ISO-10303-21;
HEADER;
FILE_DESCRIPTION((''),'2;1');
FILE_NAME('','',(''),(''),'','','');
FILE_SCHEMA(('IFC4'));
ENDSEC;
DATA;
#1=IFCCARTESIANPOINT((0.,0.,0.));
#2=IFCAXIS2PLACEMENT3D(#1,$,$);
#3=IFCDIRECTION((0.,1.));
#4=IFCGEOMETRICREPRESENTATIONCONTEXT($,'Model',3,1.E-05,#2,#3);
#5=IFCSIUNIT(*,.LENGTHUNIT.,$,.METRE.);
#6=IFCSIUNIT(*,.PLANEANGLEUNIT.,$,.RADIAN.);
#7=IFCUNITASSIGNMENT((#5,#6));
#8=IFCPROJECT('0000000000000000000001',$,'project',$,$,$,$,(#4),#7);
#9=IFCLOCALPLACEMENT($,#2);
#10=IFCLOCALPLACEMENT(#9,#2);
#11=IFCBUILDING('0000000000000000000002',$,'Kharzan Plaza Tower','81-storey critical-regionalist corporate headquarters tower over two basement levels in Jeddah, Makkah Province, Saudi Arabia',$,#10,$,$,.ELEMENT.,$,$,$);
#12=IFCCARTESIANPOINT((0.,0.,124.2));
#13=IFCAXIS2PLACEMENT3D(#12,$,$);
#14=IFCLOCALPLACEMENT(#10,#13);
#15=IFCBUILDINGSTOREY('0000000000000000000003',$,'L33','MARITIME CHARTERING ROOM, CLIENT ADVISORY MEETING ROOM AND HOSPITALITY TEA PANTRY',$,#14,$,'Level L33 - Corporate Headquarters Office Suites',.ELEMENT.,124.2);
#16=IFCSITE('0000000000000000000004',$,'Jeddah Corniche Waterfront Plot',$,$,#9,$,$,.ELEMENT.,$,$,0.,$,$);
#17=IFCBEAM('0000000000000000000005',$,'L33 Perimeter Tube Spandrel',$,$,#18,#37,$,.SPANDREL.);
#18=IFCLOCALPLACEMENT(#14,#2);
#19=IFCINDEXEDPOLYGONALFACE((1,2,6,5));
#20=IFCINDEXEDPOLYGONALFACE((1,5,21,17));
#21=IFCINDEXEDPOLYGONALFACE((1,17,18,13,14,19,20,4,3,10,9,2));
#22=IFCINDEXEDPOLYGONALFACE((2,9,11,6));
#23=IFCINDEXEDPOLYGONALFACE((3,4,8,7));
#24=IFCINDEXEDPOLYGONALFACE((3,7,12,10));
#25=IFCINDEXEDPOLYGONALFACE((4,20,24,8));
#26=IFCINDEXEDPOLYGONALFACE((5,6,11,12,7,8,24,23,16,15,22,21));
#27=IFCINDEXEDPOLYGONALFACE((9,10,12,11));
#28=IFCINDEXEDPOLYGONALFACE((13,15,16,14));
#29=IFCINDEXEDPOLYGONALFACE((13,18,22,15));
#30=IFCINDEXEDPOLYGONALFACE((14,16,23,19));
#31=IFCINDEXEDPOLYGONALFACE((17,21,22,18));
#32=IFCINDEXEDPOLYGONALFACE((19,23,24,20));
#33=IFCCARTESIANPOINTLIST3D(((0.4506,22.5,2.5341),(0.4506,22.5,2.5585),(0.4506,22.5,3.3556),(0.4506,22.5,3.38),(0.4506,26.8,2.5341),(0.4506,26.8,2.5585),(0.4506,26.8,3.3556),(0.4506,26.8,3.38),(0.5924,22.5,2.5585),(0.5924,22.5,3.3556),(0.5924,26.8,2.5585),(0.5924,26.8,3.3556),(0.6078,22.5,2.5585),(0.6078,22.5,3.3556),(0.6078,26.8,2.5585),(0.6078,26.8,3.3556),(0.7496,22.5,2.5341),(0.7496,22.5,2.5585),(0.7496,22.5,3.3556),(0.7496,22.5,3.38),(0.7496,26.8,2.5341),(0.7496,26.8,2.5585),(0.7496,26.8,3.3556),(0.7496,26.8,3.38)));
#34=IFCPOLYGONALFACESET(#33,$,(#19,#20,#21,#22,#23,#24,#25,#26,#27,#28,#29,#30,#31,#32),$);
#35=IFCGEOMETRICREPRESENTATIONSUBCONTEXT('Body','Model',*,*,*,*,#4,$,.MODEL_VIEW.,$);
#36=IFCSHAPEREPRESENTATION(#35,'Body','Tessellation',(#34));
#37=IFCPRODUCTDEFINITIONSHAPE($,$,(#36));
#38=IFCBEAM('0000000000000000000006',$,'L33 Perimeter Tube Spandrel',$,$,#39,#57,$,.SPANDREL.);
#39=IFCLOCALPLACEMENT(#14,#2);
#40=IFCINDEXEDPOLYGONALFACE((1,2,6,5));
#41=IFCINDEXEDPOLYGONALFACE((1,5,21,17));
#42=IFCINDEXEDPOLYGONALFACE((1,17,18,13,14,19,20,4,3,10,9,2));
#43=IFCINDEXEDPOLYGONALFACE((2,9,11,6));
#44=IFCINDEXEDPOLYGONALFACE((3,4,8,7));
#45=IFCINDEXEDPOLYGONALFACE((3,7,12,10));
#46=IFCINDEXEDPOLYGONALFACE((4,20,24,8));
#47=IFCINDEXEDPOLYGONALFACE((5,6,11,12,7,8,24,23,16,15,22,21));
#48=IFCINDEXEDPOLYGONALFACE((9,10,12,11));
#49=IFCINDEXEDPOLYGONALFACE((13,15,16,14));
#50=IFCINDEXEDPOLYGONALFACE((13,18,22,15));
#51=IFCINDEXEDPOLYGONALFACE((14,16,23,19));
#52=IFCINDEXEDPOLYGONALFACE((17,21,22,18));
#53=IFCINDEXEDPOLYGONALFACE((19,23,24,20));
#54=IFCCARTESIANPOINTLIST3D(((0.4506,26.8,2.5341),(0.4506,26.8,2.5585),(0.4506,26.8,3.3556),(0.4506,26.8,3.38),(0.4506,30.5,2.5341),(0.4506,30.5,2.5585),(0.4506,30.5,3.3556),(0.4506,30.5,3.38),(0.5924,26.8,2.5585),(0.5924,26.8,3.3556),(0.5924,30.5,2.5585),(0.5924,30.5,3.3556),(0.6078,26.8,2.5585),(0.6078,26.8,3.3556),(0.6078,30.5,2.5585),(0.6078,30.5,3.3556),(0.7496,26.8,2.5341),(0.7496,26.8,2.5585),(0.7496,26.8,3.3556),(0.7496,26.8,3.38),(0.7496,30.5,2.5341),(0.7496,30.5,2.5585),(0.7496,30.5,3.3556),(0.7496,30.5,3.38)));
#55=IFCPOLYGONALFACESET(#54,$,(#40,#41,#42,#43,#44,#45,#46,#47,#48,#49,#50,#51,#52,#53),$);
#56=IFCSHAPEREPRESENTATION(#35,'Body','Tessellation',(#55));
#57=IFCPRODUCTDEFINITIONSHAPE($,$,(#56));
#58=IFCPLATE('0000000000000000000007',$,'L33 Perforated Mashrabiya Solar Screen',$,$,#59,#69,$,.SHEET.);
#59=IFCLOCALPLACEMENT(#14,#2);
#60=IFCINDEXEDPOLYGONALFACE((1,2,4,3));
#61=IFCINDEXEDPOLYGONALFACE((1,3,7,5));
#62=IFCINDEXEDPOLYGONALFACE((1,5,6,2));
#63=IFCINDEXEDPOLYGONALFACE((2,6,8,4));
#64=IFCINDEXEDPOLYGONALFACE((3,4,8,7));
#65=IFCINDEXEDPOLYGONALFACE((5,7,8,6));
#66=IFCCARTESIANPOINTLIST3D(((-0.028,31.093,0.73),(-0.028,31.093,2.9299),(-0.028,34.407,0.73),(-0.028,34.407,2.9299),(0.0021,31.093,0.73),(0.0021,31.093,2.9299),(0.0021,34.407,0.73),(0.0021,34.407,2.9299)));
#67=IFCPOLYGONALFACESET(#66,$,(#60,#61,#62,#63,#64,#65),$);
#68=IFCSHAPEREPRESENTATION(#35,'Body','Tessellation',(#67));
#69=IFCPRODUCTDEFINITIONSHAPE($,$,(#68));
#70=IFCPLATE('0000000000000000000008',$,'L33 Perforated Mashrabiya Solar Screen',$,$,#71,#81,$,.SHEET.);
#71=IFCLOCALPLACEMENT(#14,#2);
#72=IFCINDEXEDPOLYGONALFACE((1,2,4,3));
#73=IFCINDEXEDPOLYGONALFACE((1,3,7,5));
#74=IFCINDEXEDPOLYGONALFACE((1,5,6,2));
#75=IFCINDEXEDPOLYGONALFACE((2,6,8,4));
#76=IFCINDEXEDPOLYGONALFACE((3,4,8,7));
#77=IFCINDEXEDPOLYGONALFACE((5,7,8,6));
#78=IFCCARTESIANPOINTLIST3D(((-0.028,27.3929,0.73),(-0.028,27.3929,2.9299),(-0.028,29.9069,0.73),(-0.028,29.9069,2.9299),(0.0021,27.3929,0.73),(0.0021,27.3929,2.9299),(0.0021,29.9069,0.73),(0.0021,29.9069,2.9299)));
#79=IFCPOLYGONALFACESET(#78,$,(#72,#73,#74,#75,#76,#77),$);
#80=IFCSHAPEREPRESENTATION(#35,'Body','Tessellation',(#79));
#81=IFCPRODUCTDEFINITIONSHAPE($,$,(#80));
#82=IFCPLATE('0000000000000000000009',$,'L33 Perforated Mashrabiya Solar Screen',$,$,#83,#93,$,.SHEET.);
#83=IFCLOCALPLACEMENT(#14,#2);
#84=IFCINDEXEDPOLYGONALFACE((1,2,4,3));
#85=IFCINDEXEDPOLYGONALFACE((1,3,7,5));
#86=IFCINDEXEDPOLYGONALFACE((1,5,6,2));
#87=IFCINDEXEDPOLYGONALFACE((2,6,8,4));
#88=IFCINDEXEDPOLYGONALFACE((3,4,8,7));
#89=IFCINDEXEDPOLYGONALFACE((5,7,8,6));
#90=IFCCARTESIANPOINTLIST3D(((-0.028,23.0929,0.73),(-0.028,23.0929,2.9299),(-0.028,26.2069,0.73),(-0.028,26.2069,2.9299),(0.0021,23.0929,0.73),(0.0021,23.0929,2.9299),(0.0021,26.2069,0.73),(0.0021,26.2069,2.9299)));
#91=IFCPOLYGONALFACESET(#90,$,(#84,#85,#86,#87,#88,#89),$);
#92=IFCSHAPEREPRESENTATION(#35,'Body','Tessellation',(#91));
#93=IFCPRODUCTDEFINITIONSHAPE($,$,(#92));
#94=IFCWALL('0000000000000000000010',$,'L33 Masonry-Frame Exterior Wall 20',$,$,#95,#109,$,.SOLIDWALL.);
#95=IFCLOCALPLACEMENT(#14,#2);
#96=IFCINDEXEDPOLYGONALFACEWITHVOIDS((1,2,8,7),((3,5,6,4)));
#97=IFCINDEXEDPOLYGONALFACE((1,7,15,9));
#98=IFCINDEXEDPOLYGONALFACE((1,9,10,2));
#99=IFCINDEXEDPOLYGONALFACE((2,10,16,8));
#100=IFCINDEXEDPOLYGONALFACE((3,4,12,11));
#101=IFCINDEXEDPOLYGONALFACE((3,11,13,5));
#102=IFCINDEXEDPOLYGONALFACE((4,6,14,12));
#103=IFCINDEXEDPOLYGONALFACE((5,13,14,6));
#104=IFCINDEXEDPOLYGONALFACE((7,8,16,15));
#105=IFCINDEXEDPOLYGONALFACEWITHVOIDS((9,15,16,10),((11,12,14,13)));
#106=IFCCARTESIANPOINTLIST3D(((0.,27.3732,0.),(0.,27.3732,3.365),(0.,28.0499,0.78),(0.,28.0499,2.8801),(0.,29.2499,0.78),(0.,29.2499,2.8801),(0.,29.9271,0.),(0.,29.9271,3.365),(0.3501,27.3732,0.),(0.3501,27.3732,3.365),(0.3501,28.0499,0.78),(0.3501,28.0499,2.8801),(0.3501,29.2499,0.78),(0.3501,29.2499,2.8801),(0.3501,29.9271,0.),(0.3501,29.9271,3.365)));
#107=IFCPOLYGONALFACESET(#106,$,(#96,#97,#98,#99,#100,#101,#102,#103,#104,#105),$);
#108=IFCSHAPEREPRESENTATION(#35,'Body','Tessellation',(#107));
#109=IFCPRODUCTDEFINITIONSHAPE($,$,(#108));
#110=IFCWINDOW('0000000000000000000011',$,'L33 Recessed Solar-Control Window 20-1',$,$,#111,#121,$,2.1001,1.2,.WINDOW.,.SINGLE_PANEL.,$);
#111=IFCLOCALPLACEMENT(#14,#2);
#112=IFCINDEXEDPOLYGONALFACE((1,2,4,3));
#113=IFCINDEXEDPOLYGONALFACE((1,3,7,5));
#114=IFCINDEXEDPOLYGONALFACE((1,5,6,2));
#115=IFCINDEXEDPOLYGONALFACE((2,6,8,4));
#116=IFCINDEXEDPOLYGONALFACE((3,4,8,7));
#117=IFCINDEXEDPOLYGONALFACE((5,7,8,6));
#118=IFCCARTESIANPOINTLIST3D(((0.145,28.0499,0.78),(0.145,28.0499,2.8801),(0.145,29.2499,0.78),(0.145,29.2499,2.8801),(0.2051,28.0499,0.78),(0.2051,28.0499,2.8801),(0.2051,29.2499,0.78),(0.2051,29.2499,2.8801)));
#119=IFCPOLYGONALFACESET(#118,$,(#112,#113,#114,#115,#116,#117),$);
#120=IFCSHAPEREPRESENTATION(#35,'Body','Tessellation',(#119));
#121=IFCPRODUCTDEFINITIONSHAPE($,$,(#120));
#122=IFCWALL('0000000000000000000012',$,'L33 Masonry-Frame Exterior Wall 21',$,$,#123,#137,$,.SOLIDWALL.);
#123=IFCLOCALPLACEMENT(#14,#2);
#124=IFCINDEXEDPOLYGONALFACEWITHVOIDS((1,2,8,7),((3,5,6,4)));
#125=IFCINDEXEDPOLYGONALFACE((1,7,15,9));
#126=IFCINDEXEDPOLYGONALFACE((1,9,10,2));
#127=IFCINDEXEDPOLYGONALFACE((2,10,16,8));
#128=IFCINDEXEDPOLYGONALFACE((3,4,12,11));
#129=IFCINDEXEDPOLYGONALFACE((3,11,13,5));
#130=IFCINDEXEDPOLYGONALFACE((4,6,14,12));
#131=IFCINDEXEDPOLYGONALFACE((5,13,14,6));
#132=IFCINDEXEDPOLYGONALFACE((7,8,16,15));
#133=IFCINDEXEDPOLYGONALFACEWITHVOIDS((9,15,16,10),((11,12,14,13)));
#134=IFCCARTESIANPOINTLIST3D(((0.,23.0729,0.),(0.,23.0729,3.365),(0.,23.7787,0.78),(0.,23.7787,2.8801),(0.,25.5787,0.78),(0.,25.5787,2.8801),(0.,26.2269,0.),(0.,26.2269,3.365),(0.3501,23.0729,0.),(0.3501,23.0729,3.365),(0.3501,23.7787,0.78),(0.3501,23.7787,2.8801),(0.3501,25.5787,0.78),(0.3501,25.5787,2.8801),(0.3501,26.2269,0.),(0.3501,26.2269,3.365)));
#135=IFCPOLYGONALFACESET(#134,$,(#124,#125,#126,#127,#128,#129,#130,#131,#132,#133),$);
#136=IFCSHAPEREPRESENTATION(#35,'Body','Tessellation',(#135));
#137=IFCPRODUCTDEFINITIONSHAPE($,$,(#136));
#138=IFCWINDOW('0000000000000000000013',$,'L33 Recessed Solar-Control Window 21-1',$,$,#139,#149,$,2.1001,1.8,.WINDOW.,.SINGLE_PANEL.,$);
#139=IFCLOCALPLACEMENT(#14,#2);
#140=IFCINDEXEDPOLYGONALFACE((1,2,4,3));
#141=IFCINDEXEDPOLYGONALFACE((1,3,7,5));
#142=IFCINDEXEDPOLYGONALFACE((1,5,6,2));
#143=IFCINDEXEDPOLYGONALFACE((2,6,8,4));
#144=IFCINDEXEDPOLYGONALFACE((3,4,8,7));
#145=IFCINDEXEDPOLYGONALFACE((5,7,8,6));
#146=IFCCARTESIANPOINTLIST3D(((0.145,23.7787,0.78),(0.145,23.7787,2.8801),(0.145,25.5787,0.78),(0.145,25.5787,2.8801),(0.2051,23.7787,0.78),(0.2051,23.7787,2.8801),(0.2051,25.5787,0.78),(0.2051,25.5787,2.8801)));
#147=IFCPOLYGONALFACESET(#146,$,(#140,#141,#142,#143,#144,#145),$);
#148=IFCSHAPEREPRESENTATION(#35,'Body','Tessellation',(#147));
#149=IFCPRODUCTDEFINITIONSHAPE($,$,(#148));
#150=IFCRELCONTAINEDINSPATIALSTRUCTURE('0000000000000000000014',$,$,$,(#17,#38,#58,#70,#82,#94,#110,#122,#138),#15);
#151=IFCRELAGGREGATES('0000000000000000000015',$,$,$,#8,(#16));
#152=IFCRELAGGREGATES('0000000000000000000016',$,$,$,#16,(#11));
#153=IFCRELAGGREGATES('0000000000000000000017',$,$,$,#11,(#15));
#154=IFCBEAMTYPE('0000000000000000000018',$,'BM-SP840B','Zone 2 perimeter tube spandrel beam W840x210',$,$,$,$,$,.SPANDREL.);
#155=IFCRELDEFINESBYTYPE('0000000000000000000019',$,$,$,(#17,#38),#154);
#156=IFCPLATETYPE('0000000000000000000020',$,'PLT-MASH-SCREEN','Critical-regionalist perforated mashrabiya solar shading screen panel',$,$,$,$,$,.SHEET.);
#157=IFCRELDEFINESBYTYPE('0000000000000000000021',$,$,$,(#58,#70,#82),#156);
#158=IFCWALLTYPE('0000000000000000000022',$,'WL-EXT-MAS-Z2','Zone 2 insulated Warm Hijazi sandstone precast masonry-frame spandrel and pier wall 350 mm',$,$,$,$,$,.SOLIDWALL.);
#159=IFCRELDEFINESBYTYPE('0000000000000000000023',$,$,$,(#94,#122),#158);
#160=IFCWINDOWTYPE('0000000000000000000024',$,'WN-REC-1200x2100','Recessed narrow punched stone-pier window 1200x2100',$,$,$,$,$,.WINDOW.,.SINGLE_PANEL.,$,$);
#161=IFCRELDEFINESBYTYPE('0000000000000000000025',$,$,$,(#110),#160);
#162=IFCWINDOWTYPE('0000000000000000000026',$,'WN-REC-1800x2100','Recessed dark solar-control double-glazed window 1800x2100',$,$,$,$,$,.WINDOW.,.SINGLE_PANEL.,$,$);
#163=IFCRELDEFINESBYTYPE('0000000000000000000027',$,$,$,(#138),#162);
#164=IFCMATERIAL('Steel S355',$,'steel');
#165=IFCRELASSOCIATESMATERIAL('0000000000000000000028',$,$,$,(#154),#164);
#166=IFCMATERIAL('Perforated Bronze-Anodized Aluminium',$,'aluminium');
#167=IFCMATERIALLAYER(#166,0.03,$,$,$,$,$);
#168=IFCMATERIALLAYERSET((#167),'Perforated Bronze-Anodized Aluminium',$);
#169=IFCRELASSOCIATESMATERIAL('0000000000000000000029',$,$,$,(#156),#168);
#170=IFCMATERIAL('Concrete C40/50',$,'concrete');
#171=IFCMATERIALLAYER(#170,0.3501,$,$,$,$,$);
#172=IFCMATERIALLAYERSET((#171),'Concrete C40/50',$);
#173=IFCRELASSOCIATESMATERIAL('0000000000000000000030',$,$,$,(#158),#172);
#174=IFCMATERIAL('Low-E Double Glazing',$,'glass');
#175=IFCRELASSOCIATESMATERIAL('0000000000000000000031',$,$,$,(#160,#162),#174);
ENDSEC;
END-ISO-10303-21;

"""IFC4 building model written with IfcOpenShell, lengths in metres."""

from ifc_helpers import new_model, si_unit, direction, frame, frame_2d, origin, origin_2d, place, context, subcontext, project, spatial, rectangle, i_section, extrude, source, transform, mapped, material, layer, layer_set, material_profile, profile_set, type_object, element, fill, save


model = new_model("IFC4")

# Units and contexts
model_context = context("Model", 3, precision=1e-05, world=origin(), true_north=direction((0.0, 1.0)))
body_context = subcontext(model_context, "Body", "Model", "MODEL_VIEW")
ifc_project = project(units=[si_unit("LENGTHUNIT", "METRE"), si_unit("PLANEANGLEUNIT", "RADIAN")], contexts=[model_context])

# Site, building, storey
site_placement = place(None, origin())
site = spatial("IfcSite", under=ifc_project, at=site_placement, Name="Jeddah Corniche Waterfront Plot", CompositionType="ELEMENT", RefElevation=0.0)
building_placement = place(site_placement, origin())
building = spatial("IfcBuilding", under=site, at=building_placement, Name="Kharzan Plaza Tower", Description="81-storey critical-regionalist corporate headquarters tower over two basement levels in Jeddah, Makkah Province, Saudi Arabia", CompositionType="ELEMENT")
storey_placement = place(building_placement, frame((0.0, 0.0, 124.2)))
storey = spatial("IfcBuildingStorey", under=building, at=storey_placement, Name="L33", Description="MARITIME CHARTERING ROOM, CLIENT ADVISORY MEETING ROOM AND HOSPITALITY TEA PANTRY", LongName="Level L33 - Corporate Headquarters Office Suites", CompositionType="ELEMENT", Elevation=124.2)

# Beams
ifc_material_1 = material(Name="Steel S355", Category="steel")
ifc_material_profile_1 = material_profile(ifc_material_1, i_section(OverallWidth=0.2991, OverallDepth=0.8459, WebThickness=0.0154, FlangeThickness=0.0244, at=origin_2d()), Name="W840x210")
ifc_profile_set_1 = profile_set([ifc_material_profile_1], Name="Steel S355")
beam_type_1 = type_object("IfcBeamType", Name="BM-SP840B", Description="Zone 2 perimeter tube spandrel beam W840x210", PredefinedType="SPANDREL", material=ifc_profile_set_1)
shared_shape_1 = source(origin(), body_context, "Body", "SweptSolid", [
    extrude(i_section(OverallWidth=0.2991, OverallDepth=0.8459, WebThickness=0.0154, FlangeThickness=0.0244, at=origin_2d()), origin(), (0.0, 0.0, 1.0), 4.3),
])
beam_1_placement = place(storey_placement, frame((0.6001, 22.5, 2.957), z_axis=(0.0, 1.0, 0.0), x_axis=(-1.0, 0.0, 0.0)))
element("IfcBeam", 1, at=beam_1_placement, inside=storey, type_object=beam_type_1, Name="L33 Perimeter Tube Spandrel", PredefinedType="SPANDREL", context=body_context, shape_type="MappedRepresentation", body=[
    mapped(shared_shape_1, transform((0.0, 0.0, 0.0), x_axis=(1.0, 0.0, 0.0), y_axis=(0.0, 1.0, 0.0), z_axis=(0.0, 0.0, 1.0))),
])
shared_shape_2 = source(origin(), body_context, "Body", "SweptSolid", [
    extrude(i_section(OverallWidth=0.2991, OverallDepth=0.8459, WebThickness=0.0154, FlangeThickness=0.0244, at=origin_2d()), origin(), (0.0, 0.0, 1.0), 3.7),
])
beam_2_placement = place(storey_placement, frame((0.6001, 26.8, 2.957), z_axis=(0.0, 1.0, 0.0), x_axis=(-1.0, 0.0, 0.0)))
element("IfcBeam", 2, at=beam_2_placement, inside=storey, type_object=beam_type_1, Name="L33 Perimeter Tube Spandrel", PredefinedType="SPANDREL", context=body_context, shape_type="MappedRepresentation", body=[
    mapped(shared_shape_2, transform((0.0, 0.0, 0.0), x_axis=(1.0, 0.0, 0.0), y_axis=(0.0, 1.0, 0.0), z_axis=(0.0, 0.0, 1.0))),
])

# Plates
ifc_material_2 = material(Name="Perforated Bronze-Anodized Aluminium", Category="aluminium")
ifc_layer_1 = layer(ifc_material_2, 0.03)
ifc_layer_set_1 = layer_set([ifc_layer_1], Name="Perforated Bronze-Anodized Aluminium")
plate_type = type_object("IfcPlateType", Name="PLT-MASH-SCREEN", Description="Critical-regionalist perforated mashrabiya solar shading screen panel", PredefinedType="SHEET", material=ifc_layer_set_1)
shared_shape_3 = source(origin(), body_context, "Body", "SweptSolid", [
    extrude(rectangle(XDim=3.314, YDim=0.03, at=origin_2d()), origin(), (0.0, 0.0, 1.0), 2.2),
])
plate_1_placement = place(storey_placement, frame((-0.0129, 32.75, 0.73), z_axis=(0.0, 0.0, 1.0), x_axis=(0.0, -1.0, 0.0)))
element("IfcPlate", 3, at=plate_1_placement, inside=storey, type_object=plate_type, Name="L33 Perforated Mashrabiya Solar Screen", PredefinedType="SHEET", context=body_context, shape_type="MappedRepresentation", body=[
    mapped(shared_shape_3, transform((0.0, 0.0, 0.0), x_axis=(1.0, 0.0, 0.0), y_axis=(0.0, 1.0, 0.0), z_axis=(0.0, 0.0, 1.0))),
])
shared_shape_4 = source(origin(), body_context, "Body", "SweptSolid", [
    extrude(rectangle(XDim=2.5139, YDim=0.03, at=origin_2d()), origin(), (0.0, 0.0, 1.0), 2.2),
])
plate_2_placement = place(storey_placement, frame((-0.0129, 28.6499, 0.73), z_axis=(0.0, 0.0, 1.0), x_axis=(0.0, -1.0, 0.0)))
element("IfcPlate", 4, at=plate_2_placement, inside=storey, type_object=plate_type, Name="L33 Perforated Mashrabiya Solar Screen", PredefinedType="SHEET", context=body_context, shape_type="MappedRepresentation", body=[
    mapped(shared_shape_4, transform((0.0, 0.0, 0.0), x_axis=(1.0, 0.0, 0.0), y_axis=(0.0, 1.0, 0.0), z_axis=(0.0, 0.0, 1.0))),
])
shared_shape_5 = source(origin(), body_context, "Body", "SweptSolid", [
    extrude(rectangle(XDim=3.114, YDim=0.03, at=origin_2d()), origin(), (0.0, 0.0, 1.0), 2.2),
])
plate_3_placement = place(storey_placement, frame((-0.0129, 24.6499, 0.73), z_axis=(0.0, 0.0, 1.0), x_axis=(0.0, -1.0, 0.0)))
element("IfcPlate", 5, at=plate_3_placement, inside=storey, type_object=plate_type, Name="L33 Perforated Mashrabiya Solar Screen", PredefinedType="SHEET", context=body_context, shape_type="MappedRepresentation", body=[
    mapped(shared_shape_5, transform((0.0, 0.0, 0.0), x_axis=(1.0, 0.0, 0.0), y_axis=(0.0, 1.0, 0.0), z_axis=(0.0, 0.0, 1.0))),
])

# Walls, openings, windows
ifc_material_3 = material(Name="Concrete C40/50", Category="concrete")
ifc_layer_2 = layer(ifc_material_3, 0.3501)
ifc_layer_set_2 = layer_set([ifc_layer_2], Name="Concrete C40/50")
wall_type_1 = type_object("IfcWallType", Name="WL-EXT-MAS-Z2", Description="Zone 2 insulated Warm Hijazi sandstone precast masonry-frame spandrel and pier wall 350 mm", PredefinedType="SOLIDWALL", material=ifc_layer_set_2)
wall_1_placement = place(storey_placement, frame((0.175, 29.927, 0.0), z_axis=(0.0, 0.0, 1.0), x_axis=(0.0, -1.0, 0.0)))
wall_1 = element("IfcWall", 6, at=wall_1_placement, inside=storey, type_object=wall_type_1, Name="L33 Masonry-Frame Exterior Wall 20", PredefinedType="SOLIDWALL", context=body_context, shape_type="SweptSolid", body=[
    extrude(rectangle(XDim=2.554, YDim=0.3501, at=frame_2d((1.2769, 0.0))), origin(), (0.0, 0.0, 1.0), 3.365),
])
opening_1_placement = place(wall_1_placement, frame((0.677, 0.0, 0.78)))
opening_1 = element("IfcOpeningElement", 7, at=opening_1_placement, cuts=wall_1, PredefinedType="OPENING", context=body_context, shape_type="SweptSolid", body=[
    extrude(rectangle(XDim=1.2, YDim=2.1001, at=frame_2d((0.6001, 1.05))), frame((0.0, 0.1851, 0.0), z_axis=(0.0, -1.0, 0.0), x_axis=(1.0, 0.0, 0.0)), (0.0, 0.0, 1.0), 0.3701),
])
ifc_material_4 = material(Name="Low-E Double Glazing", Category="glass")
window_type_1 = type_object("IfcWindowType", Name="WN-REC-1200x2100", Description="Recessed narrow punched stone-pier window 1200x2100", PartitioningType="SINGLE_PANEL", PredefinedType="WINDOW", material=ifc_material_4)
shared_shape_6 = source(origin(), body_context, "Body", "SweptSolid", [
    extrude(rectangle(XDim=1.2, YDim=2.1001, at=frame_2d((0.6001, 1.05))), frame((0.0, 0.03, 0.0), z_axis=(0.0, -1.0, 0.0), x_axis=(1.0, 0.0, 0.0)), (0.0, 0.0, 1.0), 0.0601),
])
window_1_placement = place(opening_1_placement, origin())
window_1 = element("IfcWindow", 8, at=window_1_placement, inside=storey, type_object=window_type_1, Name="L33 Recessed Solar-Control Window 20-1", OverallHeight=2.1001, OverallWidth=1.2, PartitioningType="SINGLE_PANEL", PredefinedType="WINDOW", context=body_context, shape_type="MappedRepresentation", body=[
    mapped(shared_shape_6, transform((0.0, 0.0, 0.0), x_axis=(1.0, 0.0, 0.0), y_axis=(0.0, 1.0, 0.0), z_axis=(0.0, 0.0, 1.0))),
])
fill(opening_1, window_1)
wall_2_placement = place(storey_placement, frame((0.175, 26.2271, 0.0), z_axis=(0.0, 0.0, 1.0), x_axis=(0.0, -1.0, 0.0)))
wall_2 = element("IfcWall", 9, at=wall_2_placement, inside=storey, type_object=wall_type_1, Name="L33 Masonry-Frame Exterior Wall 21", PredefinedType="SOLIDWALL", context=body_context, shape_type="SweptSolid", body=[
    extrude(rectangle(XDim=3.1541, YDim=0.3501, at=frame_2d((1.5771, 0.0))), origin(), (0.0, 0.0, 1.0), 3.365),
])
opening_2_placement = place(wall_2_placement, frame((0.6484, 0.0, 0.78)))
opening_2 = element("IfcOpeningElement", 10, at=opening_2_placement, cuts=wall_2, PredefinedType="OPENING", context=body_context, shape_type="SweptSolid", body=[
    extrude(rectangle(XDim=1.8, YDim=2.1001, at=frame_2d((0.8999, 1.05))), frame((0.0, 0.1851, 0.0), z_axis=(0.0, -1.0, 0.0), x_axis=(1.0, 0.0, 0.0)), (0.0, 0.0, 1.0), 0.3701),
])
window_type_2 = type_object("IfcWindowType", Name="WN-REC-1800x2100", Description="Recessed dark solar-control double-glazed window 1800x2100", PartitioningType="SINGLE_PANEL", PredefinedType="WINDOW", material=ifc_material_4)
shared_shape_7 = source(origin(), body_context, "Body", "SweptSolid", [
    extrude(rectangle(XDim=1.8, YDim=2.1001, at=frame_2d((0.8999, 1.05))), frame((0.0, 0.03, 0.0), z_axis=(0.0, -1.0, 0.0), x_axis=(1.0, 0.0, 0.0)), (0.0, 0.0, 1.0), 0.0601),
])
window_2_placement = place(opening_2_placement, origin())
window_2 = element("IfcWindow", 11, at=window_2_placement, inside=storey, type_object=window_type_2, Name="L33 Recessed Solar-Control Window 21-1", OverallHeight=2.1001, OverallWidth=1.8, PartitioningType="SINGLE_PANEL", PredefinedType="WINDOW", context=body_context, shape_type="MappedRepresentation", body=[
    mapped(shared_shape_7, transform((0.0, 0.0, 0.0), x_axis=(1.0, 0.0, 0.0), y_axis=(0.0, 1.0, 0.0), z_axis=(0.0, 0.0, 1.0))),
])
fill(opening_2, window_2)

save(model, "model.ifc")
